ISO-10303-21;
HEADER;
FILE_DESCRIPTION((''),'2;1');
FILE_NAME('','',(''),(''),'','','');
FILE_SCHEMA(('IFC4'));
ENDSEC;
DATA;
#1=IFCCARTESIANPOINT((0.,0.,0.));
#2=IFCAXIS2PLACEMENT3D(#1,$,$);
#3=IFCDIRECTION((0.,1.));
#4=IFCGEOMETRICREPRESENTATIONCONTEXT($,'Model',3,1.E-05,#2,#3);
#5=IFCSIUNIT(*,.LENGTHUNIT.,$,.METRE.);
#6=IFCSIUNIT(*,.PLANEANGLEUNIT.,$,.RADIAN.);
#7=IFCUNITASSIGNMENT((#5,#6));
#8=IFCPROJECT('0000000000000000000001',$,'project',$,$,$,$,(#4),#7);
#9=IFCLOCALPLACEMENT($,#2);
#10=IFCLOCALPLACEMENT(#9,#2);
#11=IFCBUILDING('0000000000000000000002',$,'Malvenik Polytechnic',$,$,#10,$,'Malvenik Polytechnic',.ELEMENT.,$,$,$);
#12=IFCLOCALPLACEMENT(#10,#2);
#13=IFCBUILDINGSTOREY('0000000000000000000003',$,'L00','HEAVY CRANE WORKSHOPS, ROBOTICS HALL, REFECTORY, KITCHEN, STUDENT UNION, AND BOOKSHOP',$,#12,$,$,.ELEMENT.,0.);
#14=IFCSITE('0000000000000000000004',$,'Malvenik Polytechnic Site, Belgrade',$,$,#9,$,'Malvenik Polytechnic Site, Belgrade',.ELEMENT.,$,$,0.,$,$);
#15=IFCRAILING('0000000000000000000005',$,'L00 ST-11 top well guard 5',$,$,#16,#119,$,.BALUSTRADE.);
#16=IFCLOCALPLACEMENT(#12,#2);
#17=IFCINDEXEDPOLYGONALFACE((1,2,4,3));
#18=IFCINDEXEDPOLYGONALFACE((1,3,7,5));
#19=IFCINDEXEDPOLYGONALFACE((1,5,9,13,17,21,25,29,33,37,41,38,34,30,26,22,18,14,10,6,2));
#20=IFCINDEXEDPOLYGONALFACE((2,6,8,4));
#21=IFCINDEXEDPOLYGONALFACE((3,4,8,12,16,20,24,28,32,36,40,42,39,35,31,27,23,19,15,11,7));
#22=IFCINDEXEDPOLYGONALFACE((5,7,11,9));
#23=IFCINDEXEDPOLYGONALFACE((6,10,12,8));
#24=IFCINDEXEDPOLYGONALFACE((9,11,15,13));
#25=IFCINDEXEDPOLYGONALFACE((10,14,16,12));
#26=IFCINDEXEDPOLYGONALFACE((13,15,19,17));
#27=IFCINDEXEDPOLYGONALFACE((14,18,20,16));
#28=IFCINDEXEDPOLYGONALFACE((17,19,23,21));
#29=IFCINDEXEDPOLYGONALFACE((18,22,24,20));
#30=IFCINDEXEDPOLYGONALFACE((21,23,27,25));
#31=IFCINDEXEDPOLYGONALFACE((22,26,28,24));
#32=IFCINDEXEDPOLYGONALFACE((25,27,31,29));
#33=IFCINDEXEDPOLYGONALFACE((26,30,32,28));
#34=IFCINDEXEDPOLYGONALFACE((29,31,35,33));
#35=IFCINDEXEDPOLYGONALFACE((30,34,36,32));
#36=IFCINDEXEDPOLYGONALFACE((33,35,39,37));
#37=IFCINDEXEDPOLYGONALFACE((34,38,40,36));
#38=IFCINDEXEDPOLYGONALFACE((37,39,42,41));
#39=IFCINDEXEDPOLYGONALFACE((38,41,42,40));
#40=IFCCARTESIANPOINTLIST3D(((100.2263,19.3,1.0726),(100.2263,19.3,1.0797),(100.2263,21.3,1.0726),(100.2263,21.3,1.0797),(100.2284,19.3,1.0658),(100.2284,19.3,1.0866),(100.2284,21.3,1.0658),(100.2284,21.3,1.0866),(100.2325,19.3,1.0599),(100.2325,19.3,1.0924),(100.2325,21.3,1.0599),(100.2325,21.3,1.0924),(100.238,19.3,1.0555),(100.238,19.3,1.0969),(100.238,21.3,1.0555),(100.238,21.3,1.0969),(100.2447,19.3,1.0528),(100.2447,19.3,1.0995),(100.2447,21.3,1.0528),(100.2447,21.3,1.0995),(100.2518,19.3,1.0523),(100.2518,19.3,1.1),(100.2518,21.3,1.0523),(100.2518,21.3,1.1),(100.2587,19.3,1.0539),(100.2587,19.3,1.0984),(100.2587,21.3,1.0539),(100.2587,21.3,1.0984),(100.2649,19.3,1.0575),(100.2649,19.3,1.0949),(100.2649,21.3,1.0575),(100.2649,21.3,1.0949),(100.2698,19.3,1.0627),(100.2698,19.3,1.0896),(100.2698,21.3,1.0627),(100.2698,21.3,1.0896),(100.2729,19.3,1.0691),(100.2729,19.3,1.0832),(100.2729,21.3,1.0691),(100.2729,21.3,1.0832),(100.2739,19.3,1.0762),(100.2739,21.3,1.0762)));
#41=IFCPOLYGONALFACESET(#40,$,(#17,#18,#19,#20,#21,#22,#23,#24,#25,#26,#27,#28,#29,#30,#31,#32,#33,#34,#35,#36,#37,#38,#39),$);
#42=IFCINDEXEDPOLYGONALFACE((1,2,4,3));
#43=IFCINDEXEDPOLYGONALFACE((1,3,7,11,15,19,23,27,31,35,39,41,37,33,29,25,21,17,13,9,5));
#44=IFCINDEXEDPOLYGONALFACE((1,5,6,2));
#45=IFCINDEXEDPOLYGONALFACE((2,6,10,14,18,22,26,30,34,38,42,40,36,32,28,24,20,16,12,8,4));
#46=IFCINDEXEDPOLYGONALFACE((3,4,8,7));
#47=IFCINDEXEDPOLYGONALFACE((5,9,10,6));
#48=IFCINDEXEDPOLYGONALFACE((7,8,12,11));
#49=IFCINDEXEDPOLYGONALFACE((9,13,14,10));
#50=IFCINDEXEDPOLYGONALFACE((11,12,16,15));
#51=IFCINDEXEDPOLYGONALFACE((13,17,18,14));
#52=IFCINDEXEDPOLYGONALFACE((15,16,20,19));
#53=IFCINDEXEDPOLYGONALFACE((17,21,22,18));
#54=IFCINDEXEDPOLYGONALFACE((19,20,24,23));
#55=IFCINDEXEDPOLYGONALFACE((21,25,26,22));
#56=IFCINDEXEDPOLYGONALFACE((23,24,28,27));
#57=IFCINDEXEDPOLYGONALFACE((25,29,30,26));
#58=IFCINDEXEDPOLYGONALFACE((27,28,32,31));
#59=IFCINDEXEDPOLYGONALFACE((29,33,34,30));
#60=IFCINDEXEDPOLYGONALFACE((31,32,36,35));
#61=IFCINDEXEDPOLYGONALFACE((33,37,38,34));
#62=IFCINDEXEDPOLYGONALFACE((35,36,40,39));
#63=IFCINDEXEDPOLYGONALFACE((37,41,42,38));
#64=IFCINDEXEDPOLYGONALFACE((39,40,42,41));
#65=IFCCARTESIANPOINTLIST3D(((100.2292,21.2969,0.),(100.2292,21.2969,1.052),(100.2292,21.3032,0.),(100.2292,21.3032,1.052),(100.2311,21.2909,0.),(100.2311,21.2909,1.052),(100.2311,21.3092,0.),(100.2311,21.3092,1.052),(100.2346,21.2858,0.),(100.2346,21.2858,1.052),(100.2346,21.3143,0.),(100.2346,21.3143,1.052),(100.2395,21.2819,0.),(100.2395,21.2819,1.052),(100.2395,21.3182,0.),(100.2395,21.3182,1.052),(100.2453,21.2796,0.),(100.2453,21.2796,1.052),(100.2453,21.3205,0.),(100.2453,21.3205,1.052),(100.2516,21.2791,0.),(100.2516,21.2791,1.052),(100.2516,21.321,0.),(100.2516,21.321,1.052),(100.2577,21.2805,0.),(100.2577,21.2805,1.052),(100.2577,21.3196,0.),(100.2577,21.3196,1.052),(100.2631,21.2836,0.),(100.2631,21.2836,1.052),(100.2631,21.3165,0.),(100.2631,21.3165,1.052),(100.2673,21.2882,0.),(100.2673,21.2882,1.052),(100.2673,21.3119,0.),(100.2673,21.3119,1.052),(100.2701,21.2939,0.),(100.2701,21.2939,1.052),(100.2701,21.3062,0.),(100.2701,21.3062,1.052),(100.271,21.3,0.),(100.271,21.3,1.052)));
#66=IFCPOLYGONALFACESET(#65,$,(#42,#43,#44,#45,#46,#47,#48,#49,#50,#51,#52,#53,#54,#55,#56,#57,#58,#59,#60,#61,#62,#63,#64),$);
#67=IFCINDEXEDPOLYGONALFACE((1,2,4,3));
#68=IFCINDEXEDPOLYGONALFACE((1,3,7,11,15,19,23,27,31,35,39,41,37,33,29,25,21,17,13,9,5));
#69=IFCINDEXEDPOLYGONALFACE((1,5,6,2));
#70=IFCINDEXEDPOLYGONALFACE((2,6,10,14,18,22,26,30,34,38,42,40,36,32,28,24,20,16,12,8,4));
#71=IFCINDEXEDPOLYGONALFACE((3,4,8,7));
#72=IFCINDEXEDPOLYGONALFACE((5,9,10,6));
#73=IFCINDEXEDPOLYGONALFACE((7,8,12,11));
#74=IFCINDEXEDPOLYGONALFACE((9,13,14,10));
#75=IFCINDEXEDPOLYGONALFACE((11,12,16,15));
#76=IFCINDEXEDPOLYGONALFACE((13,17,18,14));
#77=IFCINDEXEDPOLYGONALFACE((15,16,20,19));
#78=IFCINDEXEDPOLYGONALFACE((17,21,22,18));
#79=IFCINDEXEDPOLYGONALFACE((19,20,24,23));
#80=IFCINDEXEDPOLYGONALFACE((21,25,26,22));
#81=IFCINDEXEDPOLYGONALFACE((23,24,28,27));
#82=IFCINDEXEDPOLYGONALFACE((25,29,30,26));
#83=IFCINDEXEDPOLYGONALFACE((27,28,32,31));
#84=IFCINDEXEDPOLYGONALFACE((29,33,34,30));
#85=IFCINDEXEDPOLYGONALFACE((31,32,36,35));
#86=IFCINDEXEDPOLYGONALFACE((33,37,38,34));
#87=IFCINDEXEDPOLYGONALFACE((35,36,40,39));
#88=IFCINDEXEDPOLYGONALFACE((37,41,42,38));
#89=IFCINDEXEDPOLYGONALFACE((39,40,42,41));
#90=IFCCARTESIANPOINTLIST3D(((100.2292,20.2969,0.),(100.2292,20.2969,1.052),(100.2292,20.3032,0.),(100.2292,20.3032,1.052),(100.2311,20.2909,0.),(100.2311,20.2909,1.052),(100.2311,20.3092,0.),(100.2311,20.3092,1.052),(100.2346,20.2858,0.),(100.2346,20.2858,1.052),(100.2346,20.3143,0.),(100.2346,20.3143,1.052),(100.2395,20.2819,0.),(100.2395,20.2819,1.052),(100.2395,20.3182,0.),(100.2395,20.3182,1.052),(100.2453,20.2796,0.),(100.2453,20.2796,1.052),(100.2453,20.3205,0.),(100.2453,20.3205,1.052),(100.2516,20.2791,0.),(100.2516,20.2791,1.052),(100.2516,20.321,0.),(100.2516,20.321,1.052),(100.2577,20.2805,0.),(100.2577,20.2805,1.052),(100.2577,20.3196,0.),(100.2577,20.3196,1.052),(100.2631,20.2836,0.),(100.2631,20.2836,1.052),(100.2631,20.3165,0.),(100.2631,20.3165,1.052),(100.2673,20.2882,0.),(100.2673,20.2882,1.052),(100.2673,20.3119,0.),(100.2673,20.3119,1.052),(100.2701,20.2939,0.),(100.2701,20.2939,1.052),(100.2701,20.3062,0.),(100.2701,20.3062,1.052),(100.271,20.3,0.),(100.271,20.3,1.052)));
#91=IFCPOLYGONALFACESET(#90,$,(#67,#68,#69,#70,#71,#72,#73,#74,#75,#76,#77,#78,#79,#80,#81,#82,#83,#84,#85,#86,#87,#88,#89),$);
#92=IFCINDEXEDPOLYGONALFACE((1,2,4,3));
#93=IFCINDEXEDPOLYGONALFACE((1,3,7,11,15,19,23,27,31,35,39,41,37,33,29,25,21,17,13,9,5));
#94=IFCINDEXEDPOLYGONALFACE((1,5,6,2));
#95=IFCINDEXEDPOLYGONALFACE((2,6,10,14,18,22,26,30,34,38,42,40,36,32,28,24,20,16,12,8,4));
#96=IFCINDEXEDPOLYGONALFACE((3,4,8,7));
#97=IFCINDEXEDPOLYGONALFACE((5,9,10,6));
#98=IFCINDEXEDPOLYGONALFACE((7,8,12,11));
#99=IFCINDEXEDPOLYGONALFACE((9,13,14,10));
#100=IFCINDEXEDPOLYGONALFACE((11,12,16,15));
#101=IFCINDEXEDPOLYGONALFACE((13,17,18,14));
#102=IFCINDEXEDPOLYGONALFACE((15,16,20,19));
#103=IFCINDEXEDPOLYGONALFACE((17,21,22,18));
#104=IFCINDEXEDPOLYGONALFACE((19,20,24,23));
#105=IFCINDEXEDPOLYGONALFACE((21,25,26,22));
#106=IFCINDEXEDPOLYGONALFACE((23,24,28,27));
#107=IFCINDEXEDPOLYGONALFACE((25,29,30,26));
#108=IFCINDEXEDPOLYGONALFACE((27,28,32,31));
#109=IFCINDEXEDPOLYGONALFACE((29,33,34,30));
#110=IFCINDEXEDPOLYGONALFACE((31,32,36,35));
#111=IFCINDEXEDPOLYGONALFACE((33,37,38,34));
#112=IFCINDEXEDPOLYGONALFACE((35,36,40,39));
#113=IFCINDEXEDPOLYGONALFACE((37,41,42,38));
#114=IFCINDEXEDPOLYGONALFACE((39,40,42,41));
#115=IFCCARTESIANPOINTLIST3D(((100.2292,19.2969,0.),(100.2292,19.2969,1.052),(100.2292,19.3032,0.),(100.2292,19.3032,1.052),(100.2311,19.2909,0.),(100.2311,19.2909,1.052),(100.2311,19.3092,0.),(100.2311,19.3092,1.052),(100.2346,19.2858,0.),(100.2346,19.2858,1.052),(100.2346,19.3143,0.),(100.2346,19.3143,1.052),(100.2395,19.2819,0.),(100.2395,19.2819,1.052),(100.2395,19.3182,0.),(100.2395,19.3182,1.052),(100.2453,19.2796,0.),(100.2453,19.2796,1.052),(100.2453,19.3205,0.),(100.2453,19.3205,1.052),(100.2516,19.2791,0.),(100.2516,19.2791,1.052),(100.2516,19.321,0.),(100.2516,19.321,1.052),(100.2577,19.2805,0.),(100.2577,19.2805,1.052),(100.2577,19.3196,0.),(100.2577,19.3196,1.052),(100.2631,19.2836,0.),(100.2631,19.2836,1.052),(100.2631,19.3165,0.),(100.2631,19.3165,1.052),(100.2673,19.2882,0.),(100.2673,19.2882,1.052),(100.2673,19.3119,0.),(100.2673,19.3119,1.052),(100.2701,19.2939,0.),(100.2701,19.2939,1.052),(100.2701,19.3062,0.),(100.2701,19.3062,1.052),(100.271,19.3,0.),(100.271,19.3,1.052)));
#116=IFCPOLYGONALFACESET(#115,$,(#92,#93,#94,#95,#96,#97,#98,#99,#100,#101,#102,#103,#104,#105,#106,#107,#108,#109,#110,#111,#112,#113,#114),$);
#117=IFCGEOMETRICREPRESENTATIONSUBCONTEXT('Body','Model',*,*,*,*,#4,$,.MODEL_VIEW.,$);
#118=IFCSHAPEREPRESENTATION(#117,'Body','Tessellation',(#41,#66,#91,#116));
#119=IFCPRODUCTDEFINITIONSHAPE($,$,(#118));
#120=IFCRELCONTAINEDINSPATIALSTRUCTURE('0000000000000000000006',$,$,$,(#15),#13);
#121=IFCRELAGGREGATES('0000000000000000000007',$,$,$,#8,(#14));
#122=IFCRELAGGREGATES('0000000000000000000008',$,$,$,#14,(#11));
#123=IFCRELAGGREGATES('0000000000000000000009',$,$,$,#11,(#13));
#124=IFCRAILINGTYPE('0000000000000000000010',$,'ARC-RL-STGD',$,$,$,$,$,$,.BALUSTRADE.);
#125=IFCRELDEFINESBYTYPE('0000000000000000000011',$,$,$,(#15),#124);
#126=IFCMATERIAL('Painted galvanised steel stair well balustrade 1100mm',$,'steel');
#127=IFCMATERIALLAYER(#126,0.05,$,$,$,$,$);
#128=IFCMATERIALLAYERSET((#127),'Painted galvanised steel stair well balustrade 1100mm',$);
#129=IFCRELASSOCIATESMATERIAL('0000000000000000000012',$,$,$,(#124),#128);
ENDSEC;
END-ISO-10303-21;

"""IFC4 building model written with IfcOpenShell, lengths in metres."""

from ifc_helpers import new_model, si_unit, direction, frame, origin, origin_2d, place, context, subcontext, project, spatial, circle, extrude, material, layer, layer_set, type_object, element, save


model = new_model("IFC4")

# Units and contexts
model_context = context("Model", 3, precision=1e-05, world=origin(), true_north=direction((0.0, 1.0)))
body_context = subcontext(model_context, "Body", "Model", "MODEL_VIEW")
ifc_project = project(units=[si_unit("LENGTHUNIT", "METRE"), si_unit("PLANEANGLEUNIT", "RADIAN")], contexts=[model_context])

# Site, building, storey
site_placement = place(None, origin())
site = spatial("IfcSite", under=ifc_project, at=site_placement, Name="Malvenik Polytechnic Site, Belgrade", LongName="Malvenik Polytechnic Site, Belgrade", CompositionType="ELEMENT", RefElevation=0.0)
building_placement = place(site_placement, origin())
building = spatial("IfcBuilding", under=site, at=building_placement, Name="Malvenik Polytechnic", LongName="Malvenik Polytechnic", CompositionType="ELEMENT")
storey_placement = place(building_placement, origin())
storey = spatial("IfcBuildingStorey", under=building, at=storey_placement, Name="L00", Description="HEAVY CRANE WORKSHOPS, ROBOTICS HALL, REFECTORY, KITCHEN, STUDENT UNION, AND BOOKSHOP", CompositionType="ELEMENT", Elevation=0.0)

# Railing
ifc_material_1 = material(Name="Painted galvanised steel stair well balustrade 1100mm", Category="steel")
ifc_layer_1 = layer(ifc_material_1, 0.05)
ifc_layer_set_1 = layer_set([ifc_layer_1], Name="Painted galvanised steel stair well balustrade 1100mm")
railing_type_1 = type_object("IfcRailingType", Name="ARC-RL-STGD", PredefinedType="BALUSTRADE", material=ifc_layer_set_1)
railing_1_placement = place(storey_placement, frame((100.25, 21.3, 0.0)))
element("IfcRailing", 1, at=railing_1_placement, inside=storey, type_object=railing_type_1, Name="L00 ST-11 top well guard 5", PredefinedType="BALUSTRADE", context=body_context, shape_type="SweptSolid", body=[
    extrude(circle(Radius=0.0239, at=origin_2d()), frame((0.0, 0.0, 1.0762), z_axis=(0.0, -1.0, 0.0), x_axis=(1.0, 0.0, 0.0)), (0.0, 0.0, 1.0), 2.0),
    extrude(circle(Radius=0.021, at=origin_2d()), origin(), (0.0, 0.0, 1.0), 1.052),
    extrude(circle(Radius=0.021, at=origin_2d()), frame((0.0, -1.0, 0.0)), (0.0, 0.0, 1.0), 1.052),
    extrude(circle(Radius=0.021, at=origin_2d()), frame((0.0, -2.0, 0.0)), (0.0, 0.0, 1.0), 1.052),
])

save(model, "model.ifc")
